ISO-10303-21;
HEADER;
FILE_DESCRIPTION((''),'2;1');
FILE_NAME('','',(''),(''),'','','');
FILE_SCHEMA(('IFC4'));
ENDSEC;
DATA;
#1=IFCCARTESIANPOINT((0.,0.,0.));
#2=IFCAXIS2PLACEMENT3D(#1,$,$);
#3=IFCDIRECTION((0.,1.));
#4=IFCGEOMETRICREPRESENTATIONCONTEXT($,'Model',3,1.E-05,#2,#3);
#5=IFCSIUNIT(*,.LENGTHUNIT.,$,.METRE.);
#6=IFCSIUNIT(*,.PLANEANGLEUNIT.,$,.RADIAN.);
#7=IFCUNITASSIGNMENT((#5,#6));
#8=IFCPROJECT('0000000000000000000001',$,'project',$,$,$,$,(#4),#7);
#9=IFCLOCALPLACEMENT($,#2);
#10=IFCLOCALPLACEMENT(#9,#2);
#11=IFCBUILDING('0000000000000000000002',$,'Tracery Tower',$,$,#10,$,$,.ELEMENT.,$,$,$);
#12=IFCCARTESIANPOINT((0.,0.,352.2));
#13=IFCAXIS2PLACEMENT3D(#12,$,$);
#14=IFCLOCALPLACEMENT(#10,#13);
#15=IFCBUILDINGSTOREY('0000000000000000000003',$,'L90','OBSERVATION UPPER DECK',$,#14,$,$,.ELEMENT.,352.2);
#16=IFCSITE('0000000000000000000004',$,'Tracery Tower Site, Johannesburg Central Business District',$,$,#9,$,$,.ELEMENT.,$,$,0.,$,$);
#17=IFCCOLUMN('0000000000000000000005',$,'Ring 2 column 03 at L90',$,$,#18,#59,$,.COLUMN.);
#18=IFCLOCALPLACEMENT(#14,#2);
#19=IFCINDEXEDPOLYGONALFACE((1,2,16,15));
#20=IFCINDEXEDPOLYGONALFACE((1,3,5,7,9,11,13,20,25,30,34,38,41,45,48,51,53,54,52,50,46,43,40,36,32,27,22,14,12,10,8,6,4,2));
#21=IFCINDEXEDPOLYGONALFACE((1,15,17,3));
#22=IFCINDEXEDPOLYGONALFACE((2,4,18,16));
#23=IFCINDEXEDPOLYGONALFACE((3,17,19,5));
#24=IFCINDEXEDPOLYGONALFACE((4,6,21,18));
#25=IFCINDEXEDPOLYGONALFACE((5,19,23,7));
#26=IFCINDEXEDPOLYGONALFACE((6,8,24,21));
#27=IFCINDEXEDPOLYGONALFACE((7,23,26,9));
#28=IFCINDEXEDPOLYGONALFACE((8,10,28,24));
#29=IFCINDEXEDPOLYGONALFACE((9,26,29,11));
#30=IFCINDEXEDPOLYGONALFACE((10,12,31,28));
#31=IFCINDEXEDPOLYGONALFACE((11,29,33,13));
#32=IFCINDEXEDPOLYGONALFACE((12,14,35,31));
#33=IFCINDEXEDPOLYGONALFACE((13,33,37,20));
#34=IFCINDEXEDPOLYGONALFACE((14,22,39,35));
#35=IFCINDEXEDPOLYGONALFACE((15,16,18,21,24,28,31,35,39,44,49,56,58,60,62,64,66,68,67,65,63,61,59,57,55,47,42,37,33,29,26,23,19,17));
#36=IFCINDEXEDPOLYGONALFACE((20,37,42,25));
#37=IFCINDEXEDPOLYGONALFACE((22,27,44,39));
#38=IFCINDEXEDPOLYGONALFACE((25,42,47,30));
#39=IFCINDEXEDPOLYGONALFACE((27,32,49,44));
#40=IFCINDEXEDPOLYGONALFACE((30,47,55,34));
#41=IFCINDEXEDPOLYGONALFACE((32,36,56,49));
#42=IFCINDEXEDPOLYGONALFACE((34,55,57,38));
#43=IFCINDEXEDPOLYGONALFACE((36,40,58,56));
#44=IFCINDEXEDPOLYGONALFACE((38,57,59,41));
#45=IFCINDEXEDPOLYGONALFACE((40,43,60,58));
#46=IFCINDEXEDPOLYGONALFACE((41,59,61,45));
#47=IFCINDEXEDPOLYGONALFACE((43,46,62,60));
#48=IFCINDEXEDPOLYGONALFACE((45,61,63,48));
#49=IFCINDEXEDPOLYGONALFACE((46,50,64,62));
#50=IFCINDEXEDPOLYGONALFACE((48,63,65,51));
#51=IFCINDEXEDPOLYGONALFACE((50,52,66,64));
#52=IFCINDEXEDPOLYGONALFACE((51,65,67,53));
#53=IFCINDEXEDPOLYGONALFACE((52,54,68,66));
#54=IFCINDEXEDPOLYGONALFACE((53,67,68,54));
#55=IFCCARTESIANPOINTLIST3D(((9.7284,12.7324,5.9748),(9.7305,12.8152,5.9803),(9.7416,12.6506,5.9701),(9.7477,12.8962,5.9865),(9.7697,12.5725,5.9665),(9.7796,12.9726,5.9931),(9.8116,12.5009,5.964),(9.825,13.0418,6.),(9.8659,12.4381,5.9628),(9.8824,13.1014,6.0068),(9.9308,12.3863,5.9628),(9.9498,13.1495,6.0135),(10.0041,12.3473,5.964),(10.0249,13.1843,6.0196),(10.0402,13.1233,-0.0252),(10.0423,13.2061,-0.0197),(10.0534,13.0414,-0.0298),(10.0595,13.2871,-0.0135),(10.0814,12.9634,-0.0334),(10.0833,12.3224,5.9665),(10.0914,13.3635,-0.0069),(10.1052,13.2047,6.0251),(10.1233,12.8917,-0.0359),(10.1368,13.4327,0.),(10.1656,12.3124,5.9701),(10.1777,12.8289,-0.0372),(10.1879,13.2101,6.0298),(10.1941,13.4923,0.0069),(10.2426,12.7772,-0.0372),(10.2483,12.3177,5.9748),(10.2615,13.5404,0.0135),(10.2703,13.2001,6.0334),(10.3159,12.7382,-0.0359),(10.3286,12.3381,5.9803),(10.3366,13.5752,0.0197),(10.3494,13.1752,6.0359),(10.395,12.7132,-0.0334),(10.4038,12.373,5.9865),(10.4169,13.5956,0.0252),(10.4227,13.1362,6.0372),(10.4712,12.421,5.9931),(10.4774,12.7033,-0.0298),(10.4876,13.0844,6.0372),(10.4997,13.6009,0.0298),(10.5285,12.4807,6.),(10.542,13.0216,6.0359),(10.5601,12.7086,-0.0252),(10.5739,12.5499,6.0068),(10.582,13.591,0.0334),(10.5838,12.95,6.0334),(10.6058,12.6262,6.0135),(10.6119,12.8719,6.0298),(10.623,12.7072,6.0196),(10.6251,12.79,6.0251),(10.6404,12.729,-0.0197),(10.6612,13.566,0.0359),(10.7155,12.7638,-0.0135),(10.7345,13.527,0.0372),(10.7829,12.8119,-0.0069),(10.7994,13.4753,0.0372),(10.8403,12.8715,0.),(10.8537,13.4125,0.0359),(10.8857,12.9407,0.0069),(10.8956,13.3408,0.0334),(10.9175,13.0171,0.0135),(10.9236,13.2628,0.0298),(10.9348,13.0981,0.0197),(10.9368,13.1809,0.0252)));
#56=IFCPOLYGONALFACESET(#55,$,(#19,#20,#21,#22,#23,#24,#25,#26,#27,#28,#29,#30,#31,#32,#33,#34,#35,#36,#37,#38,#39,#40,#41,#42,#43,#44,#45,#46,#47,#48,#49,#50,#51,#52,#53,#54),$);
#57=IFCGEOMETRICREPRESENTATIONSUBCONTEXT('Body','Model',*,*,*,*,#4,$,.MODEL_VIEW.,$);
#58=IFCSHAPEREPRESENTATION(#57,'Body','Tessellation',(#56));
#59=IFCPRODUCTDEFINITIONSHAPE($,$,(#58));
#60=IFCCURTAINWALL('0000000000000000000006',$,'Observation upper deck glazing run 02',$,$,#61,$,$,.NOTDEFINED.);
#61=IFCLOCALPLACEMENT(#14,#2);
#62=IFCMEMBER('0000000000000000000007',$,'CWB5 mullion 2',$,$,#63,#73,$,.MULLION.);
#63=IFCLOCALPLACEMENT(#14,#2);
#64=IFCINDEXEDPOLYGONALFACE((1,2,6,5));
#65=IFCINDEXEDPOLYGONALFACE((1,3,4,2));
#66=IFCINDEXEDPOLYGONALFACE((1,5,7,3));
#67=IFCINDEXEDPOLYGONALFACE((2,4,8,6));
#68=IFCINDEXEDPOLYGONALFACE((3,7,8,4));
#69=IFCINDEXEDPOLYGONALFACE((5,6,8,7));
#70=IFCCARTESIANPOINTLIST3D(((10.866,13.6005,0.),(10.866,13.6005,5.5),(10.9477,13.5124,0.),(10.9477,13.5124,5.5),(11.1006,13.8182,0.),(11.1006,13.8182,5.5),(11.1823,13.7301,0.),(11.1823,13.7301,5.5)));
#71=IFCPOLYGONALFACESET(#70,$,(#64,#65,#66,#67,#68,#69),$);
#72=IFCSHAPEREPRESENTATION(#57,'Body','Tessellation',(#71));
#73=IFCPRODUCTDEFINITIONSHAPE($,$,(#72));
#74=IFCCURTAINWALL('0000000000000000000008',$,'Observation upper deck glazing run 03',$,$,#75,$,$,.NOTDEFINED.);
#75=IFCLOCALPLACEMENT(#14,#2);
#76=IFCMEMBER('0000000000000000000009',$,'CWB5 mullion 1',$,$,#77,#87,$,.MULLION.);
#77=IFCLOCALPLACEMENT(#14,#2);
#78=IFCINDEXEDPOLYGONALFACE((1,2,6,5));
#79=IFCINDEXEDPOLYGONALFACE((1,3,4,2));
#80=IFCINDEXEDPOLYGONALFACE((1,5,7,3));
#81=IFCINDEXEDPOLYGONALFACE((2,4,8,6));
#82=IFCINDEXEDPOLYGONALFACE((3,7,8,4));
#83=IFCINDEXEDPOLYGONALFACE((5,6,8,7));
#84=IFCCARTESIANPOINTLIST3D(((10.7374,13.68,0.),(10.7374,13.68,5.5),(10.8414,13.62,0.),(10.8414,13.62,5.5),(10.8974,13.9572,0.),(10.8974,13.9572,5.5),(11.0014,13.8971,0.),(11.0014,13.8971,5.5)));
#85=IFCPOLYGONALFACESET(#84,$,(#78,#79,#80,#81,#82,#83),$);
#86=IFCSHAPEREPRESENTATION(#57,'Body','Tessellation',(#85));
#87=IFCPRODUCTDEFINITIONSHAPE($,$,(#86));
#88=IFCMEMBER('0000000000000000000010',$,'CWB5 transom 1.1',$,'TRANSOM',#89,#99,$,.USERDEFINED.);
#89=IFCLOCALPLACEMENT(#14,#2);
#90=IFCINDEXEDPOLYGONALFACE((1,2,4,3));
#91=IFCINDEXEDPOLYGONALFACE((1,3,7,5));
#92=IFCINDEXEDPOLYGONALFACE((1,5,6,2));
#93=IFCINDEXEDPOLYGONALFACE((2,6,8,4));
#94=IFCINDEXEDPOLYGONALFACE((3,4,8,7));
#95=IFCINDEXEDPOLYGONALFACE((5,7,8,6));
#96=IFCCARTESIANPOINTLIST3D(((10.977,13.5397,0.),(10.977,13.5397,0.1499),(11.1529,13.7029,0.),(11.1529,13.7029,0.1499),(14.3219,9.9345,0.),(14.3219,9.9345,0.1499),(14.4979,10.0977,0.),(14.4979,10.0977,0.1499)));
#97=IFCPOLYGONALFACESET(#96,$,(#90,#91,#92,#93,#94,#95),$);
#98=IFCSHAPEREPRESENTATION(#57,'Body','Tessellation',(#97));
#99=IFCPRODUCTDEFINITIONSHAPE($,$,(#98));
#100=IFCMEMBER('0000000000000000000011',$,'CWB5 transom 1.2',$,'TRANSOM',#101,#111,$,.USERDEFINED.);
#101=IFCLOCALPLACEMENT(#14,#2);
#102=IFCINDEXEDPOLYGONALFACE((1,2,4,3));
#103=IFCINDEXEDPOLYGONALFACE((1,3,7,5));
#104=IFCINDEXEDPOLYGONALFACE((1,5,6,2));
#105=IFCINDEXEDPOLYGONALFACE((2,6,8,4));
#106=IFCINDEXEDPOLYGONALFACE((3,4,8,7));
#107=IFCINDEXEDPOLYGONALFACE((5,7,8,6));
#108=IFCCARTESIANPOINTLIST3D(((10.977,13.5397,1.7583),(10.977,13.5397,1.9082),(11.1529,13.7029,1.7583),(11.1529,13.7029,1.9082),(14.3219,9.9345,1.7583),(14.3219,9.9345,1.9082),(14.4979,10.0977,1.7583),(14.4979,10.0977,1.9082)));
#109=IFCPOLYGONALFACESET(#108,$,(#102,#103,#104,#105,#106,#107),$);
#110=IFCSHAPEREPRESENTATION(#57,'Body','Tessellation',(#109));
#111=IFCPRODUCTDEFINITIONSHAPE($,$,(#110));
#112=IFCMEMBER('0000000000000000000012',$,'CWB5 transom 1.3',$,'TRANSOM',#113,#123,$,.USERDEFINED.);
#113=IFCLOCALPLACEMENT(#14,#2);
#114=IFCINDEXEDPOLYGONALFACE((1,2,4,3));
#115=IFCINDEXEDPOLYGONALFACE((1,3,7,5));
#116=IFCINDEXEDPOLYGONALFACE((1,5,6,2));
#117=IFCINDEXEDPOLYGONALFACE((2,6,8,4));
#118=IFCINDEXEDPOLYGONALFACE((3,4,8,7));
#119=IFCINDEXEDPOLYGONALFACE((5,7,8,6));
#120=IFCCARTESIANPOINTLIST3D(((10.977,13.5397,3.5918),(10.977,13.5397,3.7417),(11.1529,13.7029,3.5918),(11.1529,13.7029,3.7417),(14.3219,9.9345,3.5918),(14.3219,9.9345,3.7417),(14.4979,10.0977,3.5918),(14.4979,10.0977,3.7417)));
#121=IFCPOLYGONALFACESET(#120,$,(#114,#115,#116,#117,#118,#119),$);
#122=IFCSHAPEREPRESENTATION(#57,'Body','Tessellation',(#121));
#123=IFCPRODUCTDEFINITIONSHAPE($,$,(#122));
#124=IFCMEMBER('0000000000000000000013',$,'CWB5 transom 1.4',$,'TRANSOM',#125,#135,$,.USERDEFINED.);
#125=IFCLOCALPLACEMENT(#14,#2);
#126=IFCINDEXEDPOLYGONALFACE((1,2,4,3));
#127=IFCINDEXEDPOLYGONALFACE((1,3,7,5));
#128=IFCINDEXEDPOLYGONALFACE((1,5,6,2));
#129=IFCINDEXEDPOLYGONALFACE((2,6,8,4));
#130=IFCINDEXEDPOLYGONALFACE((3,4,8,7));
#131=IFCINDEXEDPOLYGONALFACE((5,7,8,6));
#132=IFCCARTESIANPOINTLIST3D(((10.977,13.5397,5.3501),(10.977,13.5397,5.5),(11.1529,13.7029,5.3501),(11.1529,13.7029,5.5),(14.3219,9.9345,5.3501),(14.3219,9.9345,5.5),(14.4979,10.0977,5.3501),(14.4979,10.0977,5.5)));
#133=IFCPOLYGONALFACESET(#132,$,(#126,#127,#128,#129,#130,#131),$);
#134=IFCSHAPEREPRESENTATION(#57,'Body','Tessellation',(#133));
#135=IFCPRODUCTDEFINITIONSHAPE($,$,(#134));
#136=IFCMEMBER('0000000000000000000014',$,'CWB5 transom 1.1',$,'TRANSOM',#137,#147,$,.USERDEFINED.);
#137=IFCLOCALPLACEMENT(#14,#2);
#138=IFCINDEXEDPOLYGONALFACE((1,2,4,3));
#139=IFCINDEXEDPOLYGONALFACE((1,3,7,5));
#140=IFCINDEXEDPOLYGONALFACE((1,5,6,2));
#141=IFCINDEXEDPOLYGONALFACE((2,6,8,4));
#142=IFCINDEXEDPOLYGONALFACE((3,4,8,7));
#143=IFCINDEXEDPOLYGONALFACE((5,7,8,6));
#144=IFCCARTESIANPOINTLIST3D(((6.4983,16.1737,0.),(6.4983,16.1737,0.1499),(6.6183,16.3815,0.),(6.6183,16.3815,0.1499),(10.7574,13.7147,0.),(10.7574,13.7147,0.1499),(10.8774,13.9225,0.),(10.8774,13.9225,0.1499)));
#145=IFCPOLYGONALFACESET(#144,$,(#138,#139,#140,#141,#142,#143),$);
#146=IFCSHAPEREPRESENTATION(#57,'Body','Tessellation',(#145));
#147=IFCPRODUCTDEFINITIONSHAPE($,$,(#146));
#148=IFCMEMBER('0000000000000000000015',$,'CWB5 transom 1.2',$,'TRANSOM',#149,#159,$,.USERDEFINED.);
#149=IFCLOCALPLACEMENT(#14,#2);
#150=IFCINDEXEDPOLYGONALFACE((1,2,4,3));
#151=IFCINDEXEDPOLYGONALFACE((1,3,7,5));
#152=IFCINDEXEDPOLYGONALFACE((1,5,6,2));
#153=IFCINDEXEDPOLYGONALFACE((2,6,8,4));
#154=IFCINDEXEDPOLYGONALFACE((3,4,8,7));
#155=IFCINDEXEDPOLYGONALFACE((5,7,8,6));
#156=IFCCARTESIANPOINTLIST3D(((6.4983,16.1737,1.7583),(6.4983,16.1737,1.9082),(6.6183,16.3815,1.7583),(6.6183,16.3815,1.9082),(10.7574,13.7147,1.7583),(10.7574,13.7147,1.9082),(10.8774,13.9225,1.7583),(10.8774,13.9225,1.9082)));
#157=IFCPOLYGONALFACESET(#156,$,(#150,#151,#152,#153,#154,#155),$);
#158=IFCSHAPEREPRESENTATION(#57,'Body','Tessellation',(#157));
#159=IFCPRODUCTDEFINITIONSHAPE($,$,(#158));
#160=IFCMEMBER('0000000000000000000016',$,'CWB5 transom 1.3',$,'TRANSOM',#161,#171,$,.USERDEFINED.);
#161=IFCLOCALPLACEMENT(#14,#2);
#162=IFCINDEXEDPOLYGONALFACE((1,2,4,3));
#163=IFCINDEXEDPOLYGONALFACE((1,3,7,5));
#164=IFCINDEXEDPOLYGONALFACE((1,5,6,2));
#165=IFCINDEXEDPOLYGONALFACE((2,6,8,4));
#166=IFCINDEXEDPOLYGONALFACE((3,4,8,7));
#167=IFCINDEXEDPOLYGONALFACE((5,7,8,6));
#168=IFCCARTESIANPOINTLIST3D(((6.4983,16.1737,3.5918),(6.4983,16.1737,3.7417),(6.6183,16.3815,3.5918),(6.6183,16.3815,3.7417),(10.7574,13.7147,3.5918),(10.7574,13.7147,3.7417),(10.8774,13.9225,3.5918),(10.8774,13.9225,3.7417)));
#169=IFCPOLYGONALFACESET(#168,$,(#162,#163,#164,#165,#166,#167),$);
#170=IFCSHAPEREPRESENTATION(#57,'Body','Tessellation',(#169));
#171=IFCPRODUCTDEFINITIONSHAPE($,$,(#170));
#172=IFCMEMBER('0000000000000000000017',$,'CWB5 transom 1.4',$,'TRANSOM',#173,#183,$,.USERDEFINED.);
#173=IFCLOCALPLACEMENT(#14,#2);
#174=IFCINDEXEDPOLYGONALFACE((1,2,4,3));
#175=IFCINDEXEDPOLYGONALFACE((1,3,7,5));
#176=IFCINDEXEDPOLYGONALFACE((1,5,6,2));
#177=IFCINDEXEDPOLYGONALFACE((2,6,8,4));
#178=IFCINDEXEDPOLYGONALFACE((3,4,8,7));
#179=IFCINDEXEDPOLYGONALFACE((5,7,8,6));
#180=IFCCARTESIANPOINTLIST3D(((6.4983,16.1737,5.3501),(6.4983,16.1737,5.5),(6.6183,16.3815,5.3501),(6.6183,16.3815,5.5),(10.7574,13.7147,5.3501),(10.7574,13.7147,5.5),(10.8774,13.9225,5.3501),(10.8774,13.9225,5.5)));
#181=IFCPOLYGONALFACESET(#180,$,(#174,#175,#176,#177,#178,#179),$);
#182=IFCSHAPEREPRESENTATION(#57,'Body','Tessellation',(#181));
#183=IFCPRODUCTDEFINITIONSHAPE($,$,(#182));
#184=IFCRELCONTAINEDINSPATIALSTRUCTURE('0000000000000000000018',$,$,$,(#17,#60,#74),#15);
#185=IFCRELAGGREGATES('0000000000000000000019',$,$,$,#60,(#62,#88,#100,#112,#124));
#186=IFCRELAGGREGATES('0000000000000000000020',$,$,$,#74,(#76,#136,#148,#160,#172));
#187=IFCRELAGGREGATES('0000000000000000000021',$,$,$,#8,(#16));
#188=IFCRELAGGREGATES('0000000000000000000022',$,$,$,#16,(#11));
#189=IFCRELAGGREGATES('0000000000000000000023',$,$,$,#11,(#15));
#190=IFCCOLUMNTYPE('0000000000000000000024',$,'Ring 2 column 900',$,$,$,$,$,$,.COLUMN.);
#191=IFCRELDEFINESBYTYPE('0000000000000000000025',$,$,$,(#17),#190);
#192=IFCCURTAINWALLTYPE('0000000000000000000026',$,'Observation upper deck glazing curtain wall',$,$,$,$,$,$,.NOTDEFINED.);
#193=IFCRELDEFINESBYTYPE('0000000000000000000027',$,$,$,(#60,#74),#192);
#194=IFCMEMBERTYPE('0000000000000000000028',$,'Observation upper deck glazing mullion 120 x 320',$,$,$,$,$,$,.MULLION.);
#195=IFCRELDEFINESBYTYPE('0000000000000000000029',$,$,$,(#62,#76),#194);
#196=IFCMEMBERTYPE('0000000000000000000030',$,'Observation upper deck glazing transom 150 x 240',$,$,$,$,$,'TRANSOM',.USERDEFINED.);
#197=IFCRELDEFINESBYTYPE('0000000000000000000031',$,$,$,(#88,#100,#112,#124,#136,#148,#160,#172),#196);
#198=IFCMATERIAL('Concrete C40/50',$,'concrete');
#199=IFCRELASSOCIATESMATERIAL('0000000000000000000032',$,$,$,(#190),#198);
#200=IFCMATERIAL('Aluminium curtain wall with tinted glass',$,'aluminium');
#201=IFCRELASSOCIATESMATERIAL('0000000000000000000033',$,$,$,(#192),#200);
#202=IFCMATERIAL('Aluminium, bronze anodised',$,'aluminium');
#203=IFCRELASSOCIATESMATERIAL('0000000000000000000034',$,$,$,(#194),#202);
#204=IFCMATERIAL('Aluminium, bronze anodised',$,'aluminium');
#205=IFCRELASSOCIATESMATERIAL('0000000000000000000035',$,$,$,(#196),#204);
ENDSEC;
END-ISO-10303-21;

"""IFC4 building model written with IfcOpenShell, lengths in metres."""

from ifc_helpers import new_model, si_unit, direction, frame, origin, origin_2d, place, context, subcontext, project, spatial, rectangle, circle, extrude, material, material_profile, profile_set, type_object, element, aggregate, save


model = new_model("IFC4")

# Units and contexts
model_context = context("Model", 3, precision=1e-05, world=origin(), true_north=direction((0.0, 1.0)))
body_context = subcontext(model_context, "Body", "Model", "MODEL_VIEW")
ifc_project = project(units=[si_unit("LENGTHUNIT", "METRE"), si_unit("PLANEANGLEUNIT", "RADIAN")], contexts=[model_context])

# Site, building, storey
site_placement = place(None, origin())
site = spatial("IfcSite", under=ifc_project, at=site_placement, Name="Tracery Tower Site, Johannesburg Central Business District", CompositionType="ELEMENT", RefElevation=0.0)
building_placement = place(site_placement, origin())
building = spatial("IfcBuilding", under=site, at=building_placement, Name="Tracery Tower", CompositionType="ELEMENT")
storey_placement = place(building_placement, frame((0.0, 0.0, 352.2)))
storey = spatial("IfcBuildingStorey", under=building, at=storey_placement, Name="L90", Description="OBSERVATION UPPER DECK", CompositionType="ELEMENT", Elevation=352.2)

# Column
ifc_material_1 = material(Name="Concrete C40/50", Category="concrete")
ifc_material_profile_1 = material_profile(ifc_material_1, circle(Radius=0.45, at=origin_2d()), Name="RC D900")
ifc_profile_set_1 = profile_set([ifc_material_profile_1], Name="Concrete C40/50")
column_type = type_object("IfcColumnType", Name="Ring 2 column 900", PredefinedType="COLUMN", material=ifc_profile_set_1)
column_placement = place(storey_placement, frame((10.4885, 13.1521, 0.0), z_axis=(-0.051782, -0.06492, 0.996546), x_axis=(0.781773, -0.623563, 0.0)))
element("IfcColumn", 1, at=column_placement, inside=storey, type_object=column_type, Name="Ring 2 column 03 at L90", PredefinedType="COLUMN", context=body_context, shape_type="SweptSolid", body=[
    extrude(circle(Radius=0.45, at=origin_2d()), origin(), (0.0, 0.0, 1.0), 6.0208),
])

# Curtain walls, members
ifc_material_2 = material(Name="Aluminium curtain wall with tinted glass", Category="aluminium")
curtain_wall_type = type_object("IfcCurtainWallType", Name="Observation upper deck glazing curtain wall", PredefinedType="NOTDEFINED", material=ifc_material_2)
curtain_wall_1_placement = place(storey_placement, origin())
curtain_wall_1 = element("IfcCurtainWall", 2, at=curtain_wall_1_placement, inside=storey, type_object=curtain_wall_type, Name="Observation upper deck glazing run 02", PredefinedType="NOTDEFINED")
ifc_material_3 = material(Name="Aluminium, bronze anodised", Category="aluminium")
ifc_material_profile_2 = material_profile(ifc_material_3, rectangle(XDim=0.3201, YDim=0.1201, at=origin_2d()), Name="Observation upper deck glazing mullion 120 x 320")
ifc_profile_set_2 = profile_set([ifc_material_profile_2], Name="Aluminium, bronze anodised")
member_type_1 = type_object("IfcMemberType", Name="Observation upper deck glazing mullion 120 x 320", PredefinedType="MULLION", material=ifc_profile_set_2)
member_1_placement = place(storey_placement, frame((11.0242, 13.6653, 0.0), z_axis=(0.0, 0.0, 1.0), x_axis=(-0.733057, -0.680168, 0.0)))
member_1 = element("IfcMember", 3, at=member_1_placement, type_object=member_type_1, Name="CWB5 mullion 2", PredefinedType="MULLION", context=body_context, shape_type="SweptSolid", body=[
    extrude(rectangle(XDim=0.3201, YDim=0.1201, at=origin_2d()), origin(), (0.0, 0.0, 1.0), 5.5),
])
curtain_wall_2_placement = place(storey_placement, origin())
curtain_wall_2 = element("IfcCurtainWall", 4, at=curtain_wall_2_placement, inside=storey, type_object=curtain_wall_type, Name="Observation upper deck glazing run 03", PredefinedType="NOTDEFINED")
member_2_placement = place(storey_placement, frame((10.8694, 13.7886, 0.0), z_axis=(0.0, 0.0, 1.0), x_axis=(-0.500005, -0.866023, 0.0)))
member_2 = element("IfcMember", 5, at=member_2_placement, type_object=member_type_1, Name="CWB5 mullion 1", PredefinedType="MULLION", context=body_context, shape_type="SweptSolid", body=[
    extrude(rectangle(XDim=0.3201, YDim=0.1201, at=origin_2d()), origin(), (0.0, 0.0, 1.0), 5.5),
])

# Members
ifc_material_4 = material(Name="Aluminium, bronze anodised", Category="aluminium")
ifc_material_profile_3 = material_profile(ifc_material_4, rectangle(XDim=0.24, YDim=0.1499, at=origin_2d()), Name="Observation upper deck glazing transom 150 x 240")
ifc_profile_set_3 = profile_set([ifc_material_profile_3], Name="Aluminium, bronze anodised")
member_type_2 = type_object("IfcMemberType", Name="Observation upper deck glazing transom 150 x 240", ElementType="TRANSOM", PredefinedType="USERDEFINED", material=ifc_profile_set_3)
member_3_placement = place(storey_placement, frame((14.4099, 10.0161, 0.075), z_axis=(-0.680152, 0.733071, 0.0), x_axis=(-0.733071, -0.680152, 0.0)))
member_3 = element("IfcMember", 6, at=member_3_placement, type_object=member_type_2, Name="CWB5 transom 1.1", ObjectType="TRANSOM", PredefinedType="USERDEFINED", context=body_context, shape_type="SweptSolid", body=[
    extrude(rectangle(XDim=0.24, YDim=0.1499, at=origin_2d()), origin(), (0.0, 0.0, 1.0), 4.918),
])
member_4_placement = place(storey_placement, frame((14.4099, 10.0161, 1.8333), z_axis=(-0.680152, 0.733071, 0.0), x_axis=(-0.733071, -0.680152, 0.0)))
member_4 = element("IfcMember", 7, at=member_4_placement, type_object=member_type_2, Name="CWB5 transom 1.2", ObjectType="TRANSOM", PredefinedType="USERDEFINED", context=body_context, shape_type="SweptSolid", body=[
    extrude(rectangle(XDim=0.24, YDim=0.1499, at=origin_2d()), origin(), (0.0, 0.0, 1.0), 4.918),
])
member_5_placement = place(storey_placement, frame((14.4099, 10.0161, 3.6667), z_axis=(-0.680152, 0.733071, 0.0), x_axis=(-0.733071, -0.680152, 0.0)))
member_5 = element("IfcMember", 8, at=member_5_placement, type_object=member_type_2, Name="CWB5 transom 1.3", ObjectType="TRANSOM", PredefinedType="USERDEFINED", context=body_context, shape_type="SweptSolid", body=[
    extrude(rectangle(XDim=0.24, YDim=0.1499, at=origin_2d()), origin(), (0.0, 0.0, 1.0), 4.918),
])
member_6_placement = place(storey_placement, frame((14.4099, 10.0161, 5.425), z_axis=(-0.680152, 0.733071, 0.0), x_axis=(-0.733071, -0.680152, 0.0)))
member_6 = element("IfcMember", 9, at=member_6_placement, type_object=member_type_2, Name="CWB5 transom 1.4", ObjectType="TRANSOM", PredefinedType="USERDEFINED", context=body_context, shape_type="SweptSolid", body=[
    extrude(rectangle(XDim=0.24, YDim=0.1499, at=origin_2d()), origin(), (0.0, 0.0, 1.0), 4.918),
])
member_7_placement = place(storey_placement, frame((10.8174, 13.8186, 0.075), z_axis=(-0.866023, 0.500005, 0.0), x_axis=(-0.500005, -0.866023, 0.0)))
member_7 = element("IfcMember", 10, at=member_7_placement, type_object=member_type_2, Name="CWB5 transom 1.1", ObjectType="TRANSOM", PredefinedType="USERDEFINED", context=body_context, shape_type="SweptSolid", body=[
    extrude(rectangle(XDim=0.24, YDim=0.1499, at=origin_2d()), origin(), (0.0, 0.0, 1.0), 4.918),
])
member_8_placement = place(storey_placement, frame((10.8174, 13.8186, 1.8333), z_axis=(-0.866023, 0.500005, 0.0), x_axis=(-0.500005, -0.866023, 0.0)))
member_8 = element("IfcMember", 11, at=member_8_placement, type_object=member_type_2, Name="CWB5 transom 1.2", ObjectType="TRANSOM", PredefinedType="USERDEFINED", context=body_context, shape_type="SweptSolid", body=[
    extrude(rectangle(XDim=0.24, YDim=0.1499, at=origin_2d()), origin(), (0.0, 0.0, 1.0), 4.918),
])
member_9_placement = place(storey_placement, frame((10.8174, 13.8186, 3.6667), z_axis=(-0.866023, 0.500005, 0.0), x_axis=(-0.500005, -0.866023, 0.0)))
member_9 = element("IfcMember", 12, at=member_9_placement, type_object=member_type_2, Name="CWB5 transom 1.3", ObjectType="TRANSOM", PredefinedType="USERDEFINED", context=body_context, shape_type="SweptSolid", body=[
    extrude(rectangle(XDim=0.24, YDim=0.1499, at=origin_2d()), origin(), (0.0, 0.0, 1.0), 4.918),
])
member_10_placement = place(storey_placement, frame((10.8174, 13.8186, 5.425), z_axis=(-0.866023, 0.500005, 0.0), x_axis=(-0.500005, -0.866023, 0.0)))
member_10 = element("IfcMember", 13, at=member_10_placement, type_object=member_type_2, Name="CWB5 transom 1.4", ObjectType="TRANSOM", PredefinedType="USERDEFINED", context=body_context, shape_type="SweptSolid", body=[
    extrude(rectangle(XDim=0.24, YDim=0.1499, at=origin_2d()), origin(), (0.0, 0.0, 1.0), 4.918),
])

aggregate(curtain_wall_1, [member_1, member_3, member_4, member_5, member_6])
aggregate(curtain_wall_2, [member_2, member_7, member_8, member_9, member_10])

save(model, "model.ifc")
